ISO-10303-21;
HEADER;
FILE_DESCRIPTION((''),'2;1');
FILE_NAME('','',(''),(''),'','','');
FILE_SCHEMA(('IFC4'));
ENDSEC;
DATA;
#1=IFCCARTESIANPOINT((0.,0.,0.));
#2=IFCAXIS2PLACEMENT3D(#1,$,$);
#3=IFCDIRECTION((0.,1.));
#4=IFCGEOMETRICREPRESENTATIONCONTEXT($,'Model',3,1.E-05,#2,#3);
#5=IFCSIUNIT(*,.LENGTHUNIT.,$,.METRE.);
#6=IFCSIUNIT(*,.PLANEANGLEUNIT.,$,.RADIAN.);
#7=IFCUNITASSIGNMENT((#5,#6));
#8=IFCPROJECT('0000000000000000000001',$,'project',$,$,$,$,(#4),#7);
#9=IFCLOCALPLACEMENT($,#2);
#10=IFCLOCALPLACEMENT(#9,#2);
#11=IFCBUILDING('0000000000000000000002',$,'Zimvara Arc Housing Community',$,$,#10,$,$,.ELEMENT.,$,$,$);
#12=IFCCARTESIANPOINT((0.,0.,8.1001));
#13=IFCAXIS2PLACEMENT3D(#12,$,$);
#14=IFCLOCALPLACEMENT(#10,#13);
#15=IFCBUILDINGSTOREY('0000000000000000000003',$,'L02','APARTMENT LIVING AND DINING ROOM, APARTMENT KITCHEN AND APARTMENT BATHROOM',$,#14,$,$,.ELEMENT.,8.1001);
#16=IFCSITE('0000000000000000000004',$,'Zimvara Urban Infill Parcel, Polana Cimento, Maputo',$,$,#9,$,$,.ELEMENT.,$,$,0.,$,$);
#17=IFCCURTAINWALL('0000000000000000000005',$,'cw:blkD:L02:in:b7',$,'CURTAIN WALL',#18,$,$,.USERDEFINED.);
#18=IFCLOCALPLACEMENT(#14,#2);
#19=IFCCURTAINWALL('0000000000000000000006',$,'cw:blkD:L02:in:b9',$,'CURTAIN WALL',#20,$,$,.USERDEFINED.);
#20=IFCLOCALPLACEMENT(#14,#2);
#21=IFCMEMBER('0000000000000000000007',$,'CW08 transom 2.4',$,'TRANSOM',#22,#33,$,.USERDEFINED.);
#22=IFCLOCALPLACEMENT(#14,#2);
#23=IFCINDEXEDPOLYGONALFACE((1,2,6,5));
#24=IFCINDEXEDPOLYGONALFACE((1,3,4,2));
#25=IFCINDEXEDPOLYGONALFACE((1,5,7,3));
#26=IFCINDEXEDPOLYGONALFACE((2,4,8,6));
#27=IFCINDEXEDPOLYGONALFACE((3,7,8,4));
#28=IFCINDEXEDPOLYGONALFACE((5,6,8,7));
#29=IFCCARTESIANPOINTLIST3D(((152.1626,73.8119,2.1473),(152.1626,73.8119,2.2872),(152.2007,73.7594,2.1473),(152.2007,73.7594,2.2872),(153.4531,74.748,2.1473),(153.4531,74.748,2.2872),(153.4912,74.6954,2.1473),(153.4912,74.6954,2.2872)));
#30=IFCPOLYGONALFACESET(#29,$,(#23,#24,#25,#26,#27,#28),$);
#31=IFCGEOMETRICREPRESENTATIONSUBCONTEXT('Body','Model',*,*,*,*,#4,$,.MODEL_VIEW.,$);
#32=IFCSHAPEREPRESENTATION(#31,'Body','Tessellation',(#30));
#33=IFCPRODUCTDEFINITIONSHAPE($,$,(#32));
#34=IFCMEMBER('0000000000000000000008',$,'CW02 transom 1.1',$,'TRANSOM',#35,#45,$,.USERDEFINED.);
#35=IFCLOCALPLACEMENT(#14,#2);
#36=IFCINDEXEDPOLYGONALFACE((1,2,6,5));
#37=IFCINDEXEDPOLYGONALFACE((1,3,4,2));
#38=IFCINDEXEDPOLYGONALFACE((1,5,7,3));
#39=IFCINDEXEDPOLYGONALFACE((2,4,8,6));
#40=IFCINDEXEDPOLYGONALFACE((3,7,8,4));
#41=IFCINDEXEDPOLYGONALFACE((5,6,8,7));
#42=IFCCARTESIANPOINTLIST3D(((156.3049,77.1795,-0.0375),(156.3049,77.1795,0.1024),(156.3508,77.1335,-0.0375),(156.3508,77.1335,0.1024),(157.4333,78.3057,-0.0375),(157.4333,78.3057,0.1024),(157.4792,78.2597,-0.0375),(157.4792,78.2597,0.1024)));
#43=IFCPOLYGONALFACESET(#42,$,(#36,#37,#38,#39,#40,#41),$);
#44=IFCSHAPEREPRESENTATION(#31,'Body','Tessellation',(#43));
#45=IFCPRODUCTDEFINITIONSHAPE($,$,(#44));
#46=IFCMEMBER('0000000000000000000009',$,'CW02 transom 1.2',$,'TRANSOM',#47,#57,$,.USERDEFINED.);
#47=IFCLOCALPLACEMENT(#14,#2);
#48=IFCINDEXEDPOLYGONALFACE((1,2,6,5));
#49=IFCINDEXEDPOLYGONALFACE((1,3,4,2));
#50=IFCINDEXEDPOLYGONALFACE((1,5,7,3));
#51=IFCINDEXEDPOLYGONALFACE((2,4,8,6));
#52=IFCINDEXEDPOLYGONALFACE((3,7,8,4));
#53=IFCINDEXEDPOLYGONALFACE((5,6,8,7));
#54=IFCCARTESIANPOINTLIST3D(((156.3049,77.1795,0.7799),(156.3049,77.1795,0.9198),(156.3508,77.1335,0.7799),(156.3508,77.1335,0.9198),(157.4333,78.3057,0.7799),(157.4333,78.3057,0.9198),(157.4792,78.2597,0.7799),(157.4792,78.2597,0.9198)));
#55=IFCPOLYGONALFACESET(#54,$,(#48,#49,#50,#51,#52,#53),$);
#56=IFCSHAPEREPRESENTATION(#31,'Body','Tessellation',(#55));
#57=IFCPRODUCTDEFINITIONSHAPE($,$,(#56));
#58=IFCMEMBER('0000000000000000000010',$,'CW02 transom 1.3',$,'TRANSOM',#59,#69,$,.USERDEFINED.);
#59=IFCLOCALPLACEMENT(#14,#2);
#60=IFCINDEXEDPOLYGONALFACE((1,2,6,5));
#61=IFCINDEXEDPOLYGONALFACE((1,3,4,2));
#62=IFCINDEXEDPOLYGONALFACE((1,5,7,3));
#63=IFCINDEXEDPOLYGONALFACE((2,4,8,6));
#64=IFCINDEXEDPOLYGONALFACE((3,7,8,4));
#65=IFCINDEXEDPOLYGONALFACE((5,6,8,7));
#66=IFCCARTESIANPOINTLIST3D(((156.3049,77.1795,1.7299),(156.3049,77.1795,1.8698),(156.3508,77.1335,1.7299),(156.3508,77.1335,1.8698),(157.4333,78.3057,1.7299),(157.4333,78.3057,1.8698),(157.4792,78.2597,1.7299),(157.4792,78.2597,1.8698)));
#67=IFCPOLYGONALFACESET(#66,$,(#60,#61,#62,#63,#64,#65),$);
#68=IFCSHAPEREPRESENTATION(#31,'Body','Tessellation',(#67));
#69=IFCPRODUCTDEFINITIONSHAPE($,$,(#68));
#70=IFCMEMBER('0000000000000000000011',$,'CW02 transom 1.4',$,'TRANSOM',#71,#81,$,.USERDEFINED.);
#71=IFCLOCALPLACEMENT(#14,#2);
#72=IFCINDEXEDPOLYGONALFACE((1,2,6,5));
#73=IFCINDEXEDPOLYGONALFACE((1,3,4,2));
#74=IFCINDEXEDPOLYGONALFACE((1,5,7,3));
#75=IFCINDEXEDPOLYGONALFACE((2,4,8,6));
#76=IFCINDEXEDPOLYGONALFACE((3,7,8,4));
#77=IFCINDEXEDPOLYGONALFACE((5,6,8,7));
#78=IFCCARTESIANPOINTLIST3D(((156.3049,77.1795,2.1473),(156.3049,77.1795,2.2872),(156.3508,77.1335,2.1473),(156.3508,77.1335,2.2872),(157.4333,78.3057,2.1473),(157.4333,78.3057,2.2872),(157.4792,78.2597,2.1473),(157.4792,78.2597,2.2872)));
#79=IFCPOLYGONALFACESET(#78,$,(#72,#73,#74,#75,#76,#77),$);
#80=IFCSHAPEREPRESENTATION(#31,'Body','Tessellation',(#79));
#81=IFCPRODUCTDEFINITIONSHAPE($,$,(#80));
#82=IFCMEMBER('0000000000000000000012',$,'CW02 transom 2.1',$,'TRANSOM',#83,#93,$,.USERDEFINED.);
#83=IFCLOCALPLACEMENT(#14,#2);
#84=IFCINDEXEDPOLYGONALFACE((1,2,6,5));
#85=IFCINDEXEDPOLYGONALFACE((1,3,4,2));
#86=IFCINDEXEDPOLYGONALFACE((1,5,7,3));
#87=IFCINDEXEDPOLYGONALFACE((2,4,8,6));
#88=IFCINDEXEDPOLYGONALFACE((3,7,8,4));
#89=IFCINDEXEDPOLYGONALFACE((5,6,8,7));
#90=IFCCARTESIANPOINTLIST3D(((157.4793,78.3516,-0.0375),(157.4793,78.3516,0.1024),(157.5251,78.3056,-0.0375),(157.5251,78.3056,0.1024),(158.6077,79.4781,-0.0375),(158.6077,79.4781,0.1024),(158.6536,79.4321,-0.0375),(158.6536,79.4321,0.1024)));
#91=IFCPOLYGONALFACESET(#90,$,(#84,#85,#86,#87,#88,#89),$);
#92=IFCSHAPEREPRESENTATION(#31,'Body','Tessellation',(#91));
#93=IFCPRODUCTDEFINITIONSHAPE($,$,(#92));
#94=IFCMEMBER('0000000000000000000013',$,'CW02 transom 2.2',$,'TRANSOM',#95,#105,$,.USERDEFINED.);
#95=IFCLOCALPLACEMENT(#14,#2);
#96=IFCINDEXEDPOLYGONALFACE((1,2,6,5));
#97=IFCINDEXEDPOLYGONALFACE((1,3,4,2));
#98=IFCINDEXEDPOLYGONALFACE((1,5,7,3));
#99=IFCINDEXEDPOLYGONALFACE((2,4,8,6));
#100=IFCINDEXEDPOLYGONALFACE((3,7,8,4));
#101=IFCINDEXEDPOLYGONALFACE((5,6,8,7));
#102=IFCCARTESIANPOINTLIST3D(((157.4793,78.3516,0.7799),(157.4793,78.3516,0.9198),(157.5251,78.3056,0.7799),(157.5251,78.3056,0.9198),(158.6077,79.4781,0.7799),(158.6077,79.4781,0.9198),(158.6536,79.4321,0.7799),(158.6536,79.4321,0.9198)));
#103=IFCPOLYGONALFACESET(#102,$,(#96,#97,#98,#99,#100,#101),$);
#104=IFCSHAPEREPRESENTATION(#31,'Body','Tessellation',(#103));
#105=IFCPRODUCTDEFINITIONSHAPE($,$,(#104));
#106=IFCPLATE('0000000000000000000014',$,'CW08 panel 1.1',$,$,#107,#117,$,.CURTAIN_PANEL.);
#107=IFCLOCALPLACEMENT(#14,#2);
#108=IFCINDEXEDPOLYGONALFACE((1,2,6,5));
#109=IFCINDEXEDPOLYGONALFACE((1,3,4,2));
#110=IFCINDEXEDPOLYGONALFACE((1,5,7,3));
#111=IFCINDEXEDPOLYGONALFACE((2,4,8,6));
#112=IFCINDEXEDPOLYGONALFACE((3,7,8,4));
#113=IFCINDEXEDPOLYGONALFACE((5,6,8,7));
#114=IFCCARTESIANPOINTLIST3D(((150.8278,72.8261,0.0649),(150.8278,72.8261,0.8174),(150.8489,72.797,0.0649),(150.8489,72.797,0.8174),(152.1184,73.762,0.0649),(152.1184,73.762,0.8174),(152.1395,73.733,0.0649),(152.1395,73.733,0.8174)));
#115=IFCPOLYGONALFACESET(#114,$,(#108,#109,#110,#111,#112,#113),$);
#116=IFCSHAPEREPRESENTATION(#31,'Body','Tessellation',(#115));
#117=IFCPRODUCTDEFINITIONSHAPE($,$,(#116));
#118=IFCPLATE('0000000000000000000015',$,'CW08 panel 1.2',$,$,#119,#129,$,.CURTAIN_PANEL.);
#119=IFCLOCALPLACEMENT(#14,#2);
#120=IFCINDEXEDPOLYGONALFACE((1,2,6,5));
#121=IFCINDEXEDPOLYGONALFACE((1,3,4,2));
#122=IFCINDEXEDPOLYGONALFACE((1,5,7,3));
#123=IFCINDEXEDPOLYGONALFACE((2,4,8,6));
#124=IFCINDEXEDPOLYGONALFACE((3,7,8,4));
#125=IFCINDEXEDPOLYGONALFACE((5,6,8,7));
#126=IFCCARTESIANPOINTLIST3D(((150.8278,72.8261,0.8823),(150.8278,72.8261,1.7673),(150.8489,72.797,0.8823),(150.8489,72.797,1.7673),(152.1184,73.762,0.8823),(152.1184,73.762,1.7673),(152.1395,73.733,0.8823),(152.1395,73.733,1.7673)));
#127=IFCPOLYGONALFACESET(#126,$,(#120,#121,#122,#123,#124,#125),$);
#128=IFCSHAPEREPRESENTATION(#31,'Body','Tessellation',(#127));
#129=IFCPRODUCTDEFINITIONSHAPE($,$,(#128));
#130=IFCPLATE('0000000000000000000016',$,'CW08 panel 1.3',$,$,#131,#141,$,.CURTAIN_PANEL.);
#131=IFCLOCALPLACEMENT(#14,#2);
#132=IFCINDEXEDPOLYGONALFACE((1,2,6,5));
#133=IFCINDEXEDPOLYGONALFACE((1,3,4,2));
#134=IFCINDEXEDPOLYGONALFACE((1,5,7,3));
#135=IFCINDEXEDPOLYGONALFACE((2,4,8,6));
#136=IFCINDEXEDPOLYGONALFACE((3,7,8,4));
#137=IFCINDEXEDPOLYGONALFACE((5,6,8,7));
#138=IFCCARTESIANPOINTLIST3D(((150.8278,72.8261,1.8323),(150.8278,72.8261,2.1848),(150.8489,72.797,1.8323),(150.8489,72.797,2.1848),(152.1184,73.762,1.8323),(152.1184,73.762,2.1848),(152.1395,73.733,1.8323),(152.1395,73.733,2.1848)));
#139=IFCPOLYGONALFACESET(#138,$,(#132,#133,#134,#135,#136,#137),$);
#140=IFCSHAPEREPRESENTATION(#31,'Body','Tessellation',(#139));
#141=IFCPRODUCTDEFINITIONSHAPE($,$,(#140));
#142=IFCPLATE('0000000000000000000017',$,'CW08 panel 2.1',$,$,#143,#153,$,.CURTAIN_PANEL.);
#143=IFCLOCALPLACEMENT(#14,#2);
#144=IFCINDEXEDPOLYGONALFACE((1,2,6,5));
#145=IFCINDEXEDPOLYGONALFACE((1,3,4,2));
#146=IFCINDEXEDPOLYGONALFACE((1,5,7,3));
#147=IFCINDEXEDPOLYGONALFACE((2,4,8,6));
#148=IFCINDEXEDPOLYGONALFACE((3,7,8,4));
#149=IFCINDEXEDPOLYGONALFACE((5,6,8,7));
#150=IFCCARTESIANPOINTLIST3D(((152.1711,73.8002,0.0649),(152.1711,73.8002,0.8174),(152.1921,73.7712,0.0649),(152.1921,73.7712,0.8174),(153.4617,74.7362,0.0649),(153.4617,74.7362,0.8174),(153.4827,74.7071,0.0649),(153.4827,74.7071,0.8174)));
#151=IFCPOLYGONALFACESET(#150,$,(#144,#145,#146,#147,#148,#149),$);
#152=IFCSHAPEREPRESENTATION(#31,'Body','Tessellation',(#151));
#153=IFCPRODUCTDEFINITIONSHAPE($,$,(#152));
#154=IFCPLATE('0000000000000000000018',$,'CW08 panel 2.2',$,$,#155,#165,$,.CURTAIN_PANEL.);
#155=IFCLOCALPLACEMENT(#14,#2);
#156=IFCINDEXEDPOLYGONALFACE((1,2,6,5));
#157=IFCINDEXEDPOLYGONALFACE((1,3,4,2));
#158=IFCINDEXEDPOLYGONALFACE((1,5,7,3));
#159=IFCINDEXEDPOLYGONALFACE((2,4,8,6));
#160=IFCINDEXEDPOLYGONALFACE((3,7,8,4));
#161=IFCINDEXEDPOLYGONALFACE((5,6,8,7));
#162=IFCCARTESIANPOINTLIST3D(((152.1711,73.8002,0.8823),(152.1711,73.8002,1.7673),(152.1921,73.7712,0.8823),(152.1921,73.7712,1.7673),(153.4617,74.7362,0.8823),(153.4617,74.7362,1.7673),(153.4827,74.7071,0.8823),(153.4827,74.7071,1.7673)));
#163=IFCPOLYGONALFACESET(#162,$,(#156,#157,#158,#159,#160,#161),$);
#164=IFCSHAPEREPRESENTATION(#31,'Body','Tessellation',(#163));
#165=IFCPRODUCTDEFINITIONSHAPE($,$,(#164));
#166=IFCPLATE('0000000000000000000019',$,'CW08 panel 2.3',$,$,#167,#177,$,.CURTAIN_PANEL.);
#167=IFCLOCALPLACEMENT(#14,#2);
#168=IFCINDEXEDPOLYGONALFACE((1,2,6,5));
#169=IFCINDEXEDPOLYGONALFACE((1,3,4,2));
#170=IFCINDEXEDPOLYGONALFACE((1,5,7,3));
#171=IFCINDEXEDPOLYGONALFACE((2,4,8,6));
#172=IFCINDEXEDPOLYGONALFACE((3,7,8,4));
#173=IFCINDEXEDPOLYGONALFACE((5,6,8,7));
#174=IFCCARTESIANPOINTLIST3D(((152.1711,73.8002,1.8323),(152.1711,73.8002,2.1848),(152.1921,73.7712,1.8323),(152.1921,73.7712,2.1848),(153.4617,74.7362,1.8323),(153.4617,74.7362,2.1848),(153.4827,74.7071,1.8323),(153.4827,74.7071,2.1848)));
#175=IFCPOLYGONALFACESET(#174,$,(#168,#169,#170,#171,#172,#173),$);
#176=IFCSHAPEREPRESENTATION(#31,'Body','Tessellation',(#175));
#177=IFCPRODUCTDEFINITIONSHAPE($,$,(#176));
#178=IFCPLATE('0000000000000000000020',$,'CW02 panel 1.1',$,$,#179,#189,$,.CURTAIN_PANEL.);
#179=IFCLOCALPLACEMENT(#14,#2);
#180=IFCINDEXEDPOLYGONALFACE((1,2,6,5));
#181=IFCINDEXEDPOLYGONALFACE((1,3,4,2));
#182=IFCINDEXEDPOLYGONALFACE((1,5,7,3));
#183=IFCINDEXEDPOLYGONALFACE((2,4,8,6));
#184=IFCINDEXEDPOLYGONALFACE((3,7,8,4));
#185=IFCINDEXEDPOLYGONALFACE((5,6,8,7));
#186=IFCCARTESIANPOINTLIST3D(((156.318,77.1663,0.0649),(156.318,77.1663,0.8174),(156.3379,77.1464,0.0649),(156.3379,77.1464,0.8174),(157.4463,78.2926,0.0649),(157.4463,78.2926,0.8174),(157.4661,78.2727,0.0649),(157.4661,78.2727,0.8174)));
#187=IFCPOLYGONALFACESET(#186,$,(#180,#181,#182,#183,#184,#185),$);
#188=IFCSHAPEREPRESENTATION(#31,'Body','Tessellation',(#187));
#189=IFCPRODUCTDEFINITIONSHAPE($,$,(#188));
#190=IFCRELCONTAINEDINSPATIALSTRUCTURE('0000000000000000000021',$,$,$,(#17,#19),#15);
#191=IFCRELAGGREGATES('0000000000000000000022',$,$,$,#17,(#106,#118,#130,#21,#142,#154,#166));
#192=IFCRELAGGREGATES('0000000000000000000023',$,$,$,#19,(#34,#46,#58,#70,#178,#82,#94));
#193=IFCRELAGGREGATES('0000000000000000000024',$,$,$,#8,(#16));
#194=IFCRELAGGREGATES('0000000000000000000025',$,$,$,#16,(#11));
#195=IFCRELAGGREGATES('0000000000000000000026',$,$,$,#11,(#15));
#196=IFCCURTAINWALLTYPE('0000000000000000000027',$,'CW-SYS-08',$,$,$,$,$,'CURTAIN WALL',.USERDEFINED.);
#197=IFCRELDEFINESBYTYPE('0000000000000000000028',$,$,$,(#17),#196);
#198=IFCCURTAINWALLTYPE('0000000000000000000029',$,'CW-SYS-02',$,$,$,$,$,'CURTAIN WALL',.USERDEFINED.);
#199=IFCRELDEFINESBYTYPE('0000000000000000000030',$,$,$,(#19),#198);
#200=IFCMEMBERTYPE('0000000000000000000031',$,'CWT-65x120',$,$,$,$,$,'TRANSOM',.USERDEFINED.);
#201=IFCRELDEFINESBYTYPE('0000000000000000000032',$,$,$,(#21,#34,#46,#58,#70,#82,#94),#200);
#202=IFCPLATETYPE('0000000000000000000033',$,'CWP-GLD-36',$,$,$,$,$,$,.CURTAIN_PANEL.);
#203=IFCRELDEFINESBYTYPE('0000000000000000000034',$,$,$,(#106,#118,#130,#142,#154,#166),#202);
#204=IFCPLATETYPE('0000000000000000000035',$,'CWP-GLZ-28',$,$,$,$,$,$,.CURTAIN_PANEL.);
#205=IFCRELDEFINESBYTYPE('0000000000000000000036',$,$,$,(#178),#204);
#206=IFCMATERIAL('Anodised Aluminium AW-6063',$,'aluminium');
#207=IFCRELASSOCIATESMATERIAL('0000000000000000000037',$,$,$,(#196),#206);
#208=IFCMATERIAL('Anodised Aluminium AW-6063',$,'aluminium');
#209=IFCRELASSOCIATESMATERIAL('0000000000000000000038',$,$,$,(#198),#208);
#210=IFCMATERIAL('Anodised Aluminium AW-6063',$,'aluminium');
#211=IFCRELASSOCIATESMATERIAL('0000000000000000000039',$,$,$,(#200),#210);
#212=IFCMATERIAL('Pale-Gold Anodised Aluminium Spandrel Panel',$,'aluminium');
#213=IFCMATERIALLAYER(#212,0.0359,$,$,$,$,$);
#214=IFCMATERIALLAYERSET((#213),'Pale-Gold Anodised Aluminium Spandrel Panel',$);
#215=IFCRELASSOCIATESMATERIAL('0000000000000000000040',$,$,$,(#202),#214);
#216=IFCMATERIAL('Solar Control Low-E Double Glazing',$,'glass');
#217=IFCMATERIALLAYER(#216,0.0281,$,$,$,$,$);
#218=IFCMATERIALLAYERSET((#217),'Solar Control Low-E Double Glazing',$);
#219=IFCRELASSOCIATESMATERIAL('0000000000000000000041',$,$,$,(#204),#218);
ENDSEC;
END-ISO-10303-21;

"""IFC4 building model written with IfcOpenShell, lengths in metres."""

from ifc_helpers import new_model, si_unit, direction, frame, origin, origin_2d, place, context, subcontext, project, spatial, rectangle, extrude, material, layer, layer_set, material_profile, profile_set, type_object, element, aggregate, save


model = new_model("IFC4")

# Units and contexts
model_context = context("Model", 3, precision=1e-05, world=origin(), true_north=direction((0.0, 1.0)))
body_context = subcontext(model_context, "Body", "Model", "MODEL_VIEW")
ifc_project = project(units=[si_unit("LENGTHUNIT", "METRE"), si_unit("PLANEANGLEUNIT", "RADIAN")], contexts=[model_context])

# Site, building, storey
site_placement = place(None, origin())
site = spatial("IfcSite", under=ifc_project, at=site_placement, Name="Zimvara Urban Infill Parcel, Polana Cimento, Maputo", CompositionType="ELEMENT", RefElevation=0.0)
building_placement = place(site_placement, origin())
building = spatial("IfcBuilding", under=site, at=building_placement, Name="Zimvara Arc Housing Community", CompositionType="ELEMENT")
storey_placement = place(building_placement, frame((0.0, 0.0, 8.1001)))
storey = spatial("IfcBuildingStorey", under=building, at=storey_placement, Name="L02", Description="APARTMENT LIVING AND DINING ROOM, APARTMENT KITCHEN AND APARTMENT BATHROOM", CompositionType="ELEMENT", Elevation=8.1001)

# Curtain walls
ifc_material_1 = material(Name="Anodised Aluminium AW-6063", Category="aluminium")
curtain_wall_type_1 = type_object("IfcCurtainWallType", Name="CW-SYS-08", ElementType="CURTAIN WALL", PredefinedType="USERDEFINED", material=ifc_material_1)
curtain_wall_1_placement = place(storey_placement, origin())
curtain_wall_1 = element("IfcCurtainWall", 1, at=curtain_wall_1_placement, inside=storey, type_object=curtain_wall_type_1, Name="cw:blkD:L02:in:b7", ObjectType="CURTAIN WALL", PredefinedType="USERDEFINED")
ifc_material_2 = material(Name="Anodised Aluminium AW-6063", Category="aluminium")
curtain_wall_type_2 = type_object("IfcCurtainWallType", Name="CW-SYS-02", ElementType="CURTAIN WALL", PredefinedType="USERDEFINED", material=ifc_material_2)
curtain_wall_2_placement = place(storey_placement, origin())
curtain_wall_2 = element("IfcCurtainWall", 2, at=curtain_wall_2_placement, inside=storey, type_object=curtain_wall_type_2, Name="cw:blkD:L02:in:b9", ObjectType="CURTAIN WALL", PredefinedType="USERDEFINED")

# Members
ifc_material_3 = material(Name="Anodised Aluminium AW-6063", Category="aluminium")
ifc_material_profile_1 = material_profile(ifc_material_3, rectangle(XDim=0.0649, YDim=0.1399, at=origin_2d()), Name="ALU 65x140")
ifc_profile_set_1 = profile_set([ifc_material_profile_1], Name="Anodised Aluminium AW-6063")
member_type_1 = type_object("IfcMemberType", Name="CWT-65x120", ElementType="TRANSOM", PredefinedType="USERDEFINED", material=ifc_profile_set_1)
member_1_placement = place(storey_placement, frame((152.1816, 73.7856, 2.2173), z_axis=(0.80949, 0.587133, 0.0), x_axis=(-0.587133, 0.80949, 0.0)))
member_1 = element("IfcMember", 3, at=member_1_placement, type_object=member_type_1, Name="CW08 transom 2.4", ObjectType="TRANSOM", PredefinedType="USERDEFINED", context=body_context, shape_type="SweptSolid", body=[
    extrude(rectangle(XDim=0.0649, YDim=0.1399, at=origin_2d()), origin(), (0.0, 0.0, 1.0), 1.5942),
])
member_2_placement = place(storey_placement, frame((156.3279, 77.1565, 0.0325), z_axis=(0.707796, 0.706417, 0.0), x_axis=(-0.706417, 0.707796, 0.0)))
member_2 = element("IfcMember", 4, at=member_2_placement, type_object=member_type_1, Name="CW02 transom 1.1", ObjectType="TRANSOM", PredefinedType="USERDEFINED", context=body_context, shape_type="SweptSolid", body=[
    extrude(rectangle(XDim=0.0649, YDim=0.1399, at=origin_2d()), origin(), (0.0, 0.0, 1.0), 1.5942),
])
member_3_placement = place(storey_placement, frame((156.3279, 77.1565, 0.8499), z_axis=(0.707796, 0.706417, 0.0), x_axis=(-0.706417, 0.707796, 0.0)))
member_3 = element("IfcMember", 5, at=member_3_placement, type_object=member_type_1, Name="CW02 transom 1.2", ObjectType="TRANSOM", PredefinedType="USERDEFINED", context=body_context, shape_type="SweptSolid", body=[
    extrude(rectangle(XDim=0.0649, YDim=0.1399, at=origin_2d()), origin(), (0.0, 0.0, 1.0), 1.5942),
])
member_4_placement = place(storey_placement, frame((156.3279, 77.1565, 1.7998), z_axis=(0.707796, 0.706417, 0.0), x_axis=(-0.706417, 0.707796, 0.0)))
member_4 = element("IfcMember", 6, at=member_4_placement, type_object=member_type_1, Name="CW02 transom 1.3", ObjectType="TRANSOM", PredefinedType="USERDEFINED", context=body_context, shape_type="SweptSolid", body=[
    extrude(rectangle(XDim=0.0649, YDim=0.1399, at=origin_2d()), origin(), (0.0, 0.0, 1.0), 1.5942),
])
member_5_placement = place(storey_placement, frame((156.3279, 77.1565, 2.2173), z_axis=(0.707796, 0.706417, 0.0), x_axis=(-0.706417, 0.707796, 0.0)))
member_5 = element("IfcMember", 7, at=member_5_placement, type_object=member_type_1, Name="CW02 transom 1.4", ObjectType="TRANSOM", PredefinedType="USERDEFINED", context=body_context, shape_type="SweptSolid", body=[
    extrude(rectangle(XDim=0.0649, YDim=0.1399, at=origin_2d()), origin(), (0.0, 0.0, 1.0), 1.5942),
])
member_6_placement = place(storey_placement, frame((157.5022, 78.3286, 0.0325), z_axis=(0.707719, 0.706494, 0.0), x_axis=(-0.706494, 0.707719, 0.0)))
member_6 = element("IfcMember", 8, at=member_6_placement, type_object=member_type_1, Name="CW02 transom 2.1", ObjectType="TRANSOM", PredefinedType="USERDEFINED", context=body_context, shape_type="SweptSolid", body=[
    extrude(rectangle(XDim=0.0649, YDim=0.1399, at=origin_2d()), origin(), (0.0, 0.0, 1.0), 1.5945),
])
member_7_placement = place(storey_placement, frame((157.5022, 78.3286, 0.8499), z_axis=(0.707719, 0.706494, 0.0), x_axis=(-0.706494, 0.707719, 0.0)))
member_7 = element("IfcMember", 9, at=member_7_placement, type_object=member_type_1, Name="CW02 transom 2.2", ObjectType="TRANSOM", PredefinedType="USERDEFINED", context=body_context, shape_type="SweptSolid", body=[
    extrude(rectangle(XDim=0.0649, YDim=0.1399, at=origin_2d()), origin(), (0.0, 0.0, 1.0), 1.5945),
])

# Plates
ifc_material_4 = material(Name="Pale-Gold Anodised Aluminium Spandrel Panel", Category="aluminium")
ifc_layer_1 = layer(ifc_material_4, 0.0359)
ifc_layer_set_1 = layer_set([ifc_layer_1], Name="Pale-Gold Anodised Aluminium Spandrel Panel")
plate_type_1 = type_object("IfcPlateType", Name="CWP-GLD-36", PredefinedType="CURTAIN_PANEL", material=ifc_layer_set_1)
plate_1_placement = place(storey_placement, frame((151.4836, 73.2795, 0.0649), z_axis=(0.0, 0.0, 1.0), x_axis=(0.809529, 0.587079, 0.0)))
plate_1 = element("IfcPlate", 10, at=plate_1_placement, type_object=plate_type_1, Name="CW08 panel 1.1", PredefinedType="CURTAIN_PANEL", context=body_context, shape_type="SweptSolid", body=[
    extrude(rectangle(XDim=1.5942, YDim=0.0359, at=origin_2d()), origin(), (0.0, 0.0, 1.0), 0.7524),
])
plate_2_placement = place(storey_placement, frame((151.4836, 73.2795, 0.8823), z_axis=(0.0, 0.0, 1.0), x_axis=(0.809529, 0.587079, 0.0)))
plate_2 = element("IfcPlate", 11, at=plate_2_placement, type_object=plate_type_1, Name="CW08 panel 1.2", PredefinedType="CURTAIN_PANEL", context=body_context, shape_type="SweptSolid", body=[
    extrude(rectangle(XDim=1.5942, YDim=0.0359, at=origin_2d()), origin(), (0.0, 0.0, 1.0), 0.885),
])
plate_3_placement = place(storey_placement, frame((151.4836, 73.2795, 1.8323), z_axis=(0.0, 0.0, 1.0), x_axis=(0.809529, 0.587079, 0.0)))
plate_3 = element("IfcPlate", 12, at=plate_3_placement, type_object=plate_type_1, Name="CW08 panel 1.3", PredefinedType="CURTAIN_PANEL", context=body_context, shape_type="SweptSolid", body=[
    extrude(rectangle(XDim=1.5942, YDim=0.0359, at=origin_2d()), origin(), (0.0, 0.0, 1.0), 0.3525),
])
plate_4_placement = place(storey_placement, frame((152.8269, 74.2537, 0.0649), z_axis=(0.0, 0.0, 1.0), x_axis=(0.809529, 0.587079, 0.0)))
plate_4 = element("IfcPlate", 13, at=plate_4_placement, type_object=plate_type_1, Name="CW08 panel 2.1", PredefinedType="CURTAIN_PANEL", context=body_context, shape_type="SweptSolid", body=[
    extrude(rectangle(XDim=1.5942, YDim=0.0359, at=origin_2d()), origin(), (0.0, 0.0, 1.0), 0.7524),
])
plate_5_placement = place(storey_placement, frame((152.8269, 74.2537, 0.8823), z_axis=(0.0, 0.0, 1.0), x_axis=(0.809529, 0.587079, 0.0)))
plate_5 = element("IfcPlate", 14, at=plate_5_placement, type_object=plate_type_1, Name="CW08 panel 2.2", PredefinedType="CURTAIN_PANEL", context=body_context, shape_type="SweptSolid", body=[
    extrude(rectangle(XDim=1.5942, YDim=0.0359, at=origin_2d()), origin(), (0.0, 0.0, 1.0), 0.885),
])
plate_6_placement = place(storey_placement, frame((152.8269, 74.2537, 1.8323), z_axis=(0.0, 0.0, 1.0), x_axis=(0.809529, 0.587079, 0.0)))
plate_6 = element("IfcPlate", 15, at=plate_6_placement, type_object=plate_type_1, Name="CW08 panel 2.3", PredefinedType="CURTAIN_PANEL", context=body_context, shape_type="SweptSolid", body=[
    extrude(rectangle(XDim=1.5942, YDim=0.0359, at=origin_2d()), origin(), (0.0, 0.0, 1.0), 0.3525),
])
aggregate(curtain_wall_1, [plate_1, plate_2, plate_3, member_1, plate_4, plate_5, plate_6])
ifc_material_5 = material(Name="Solar Control Low-E Double Glazing", Category="glass")
ifc_layer_2 = layer(ifc_material_5, 0.0281)
ifc_layer_set_2 = layer_set([ifc_layer_2], Name="Solar Control Low-E Double Glazing")
plate_type_2 = type_object("IfcPlateType", Name="CWP-GLZ-28", PredefinedType="CURTAIN_PANEL", material=ifc_layer_set_2)
plate_7_placement = place(storey_placement, frame((156.8921, 77.7195, 0.0649), z_axis=(0.0, 0.0, 1.0), x_axis=(0.707723, 0.70649, 0.0)))
plate_7 = element("IfcPlate", 16, at=plate_7_placement, type_object=plate_type_2, Name="CW02 panel 1.1", PredefinedType="CURTAIN_PANEL", context=body_context, shape_type="SweptSolid", body=[
    extrude(rectangle(XDim=1.5942, YDim=0.0281, at=origin_2d()), origin(), (0.0, 0.0, 1.0), 0.7524),
])
aggregate(curtain_wall_2, [member_2, member_3, member_4, member_5, plate_7, member_6, member_7])

save(model, "model.ifc")
